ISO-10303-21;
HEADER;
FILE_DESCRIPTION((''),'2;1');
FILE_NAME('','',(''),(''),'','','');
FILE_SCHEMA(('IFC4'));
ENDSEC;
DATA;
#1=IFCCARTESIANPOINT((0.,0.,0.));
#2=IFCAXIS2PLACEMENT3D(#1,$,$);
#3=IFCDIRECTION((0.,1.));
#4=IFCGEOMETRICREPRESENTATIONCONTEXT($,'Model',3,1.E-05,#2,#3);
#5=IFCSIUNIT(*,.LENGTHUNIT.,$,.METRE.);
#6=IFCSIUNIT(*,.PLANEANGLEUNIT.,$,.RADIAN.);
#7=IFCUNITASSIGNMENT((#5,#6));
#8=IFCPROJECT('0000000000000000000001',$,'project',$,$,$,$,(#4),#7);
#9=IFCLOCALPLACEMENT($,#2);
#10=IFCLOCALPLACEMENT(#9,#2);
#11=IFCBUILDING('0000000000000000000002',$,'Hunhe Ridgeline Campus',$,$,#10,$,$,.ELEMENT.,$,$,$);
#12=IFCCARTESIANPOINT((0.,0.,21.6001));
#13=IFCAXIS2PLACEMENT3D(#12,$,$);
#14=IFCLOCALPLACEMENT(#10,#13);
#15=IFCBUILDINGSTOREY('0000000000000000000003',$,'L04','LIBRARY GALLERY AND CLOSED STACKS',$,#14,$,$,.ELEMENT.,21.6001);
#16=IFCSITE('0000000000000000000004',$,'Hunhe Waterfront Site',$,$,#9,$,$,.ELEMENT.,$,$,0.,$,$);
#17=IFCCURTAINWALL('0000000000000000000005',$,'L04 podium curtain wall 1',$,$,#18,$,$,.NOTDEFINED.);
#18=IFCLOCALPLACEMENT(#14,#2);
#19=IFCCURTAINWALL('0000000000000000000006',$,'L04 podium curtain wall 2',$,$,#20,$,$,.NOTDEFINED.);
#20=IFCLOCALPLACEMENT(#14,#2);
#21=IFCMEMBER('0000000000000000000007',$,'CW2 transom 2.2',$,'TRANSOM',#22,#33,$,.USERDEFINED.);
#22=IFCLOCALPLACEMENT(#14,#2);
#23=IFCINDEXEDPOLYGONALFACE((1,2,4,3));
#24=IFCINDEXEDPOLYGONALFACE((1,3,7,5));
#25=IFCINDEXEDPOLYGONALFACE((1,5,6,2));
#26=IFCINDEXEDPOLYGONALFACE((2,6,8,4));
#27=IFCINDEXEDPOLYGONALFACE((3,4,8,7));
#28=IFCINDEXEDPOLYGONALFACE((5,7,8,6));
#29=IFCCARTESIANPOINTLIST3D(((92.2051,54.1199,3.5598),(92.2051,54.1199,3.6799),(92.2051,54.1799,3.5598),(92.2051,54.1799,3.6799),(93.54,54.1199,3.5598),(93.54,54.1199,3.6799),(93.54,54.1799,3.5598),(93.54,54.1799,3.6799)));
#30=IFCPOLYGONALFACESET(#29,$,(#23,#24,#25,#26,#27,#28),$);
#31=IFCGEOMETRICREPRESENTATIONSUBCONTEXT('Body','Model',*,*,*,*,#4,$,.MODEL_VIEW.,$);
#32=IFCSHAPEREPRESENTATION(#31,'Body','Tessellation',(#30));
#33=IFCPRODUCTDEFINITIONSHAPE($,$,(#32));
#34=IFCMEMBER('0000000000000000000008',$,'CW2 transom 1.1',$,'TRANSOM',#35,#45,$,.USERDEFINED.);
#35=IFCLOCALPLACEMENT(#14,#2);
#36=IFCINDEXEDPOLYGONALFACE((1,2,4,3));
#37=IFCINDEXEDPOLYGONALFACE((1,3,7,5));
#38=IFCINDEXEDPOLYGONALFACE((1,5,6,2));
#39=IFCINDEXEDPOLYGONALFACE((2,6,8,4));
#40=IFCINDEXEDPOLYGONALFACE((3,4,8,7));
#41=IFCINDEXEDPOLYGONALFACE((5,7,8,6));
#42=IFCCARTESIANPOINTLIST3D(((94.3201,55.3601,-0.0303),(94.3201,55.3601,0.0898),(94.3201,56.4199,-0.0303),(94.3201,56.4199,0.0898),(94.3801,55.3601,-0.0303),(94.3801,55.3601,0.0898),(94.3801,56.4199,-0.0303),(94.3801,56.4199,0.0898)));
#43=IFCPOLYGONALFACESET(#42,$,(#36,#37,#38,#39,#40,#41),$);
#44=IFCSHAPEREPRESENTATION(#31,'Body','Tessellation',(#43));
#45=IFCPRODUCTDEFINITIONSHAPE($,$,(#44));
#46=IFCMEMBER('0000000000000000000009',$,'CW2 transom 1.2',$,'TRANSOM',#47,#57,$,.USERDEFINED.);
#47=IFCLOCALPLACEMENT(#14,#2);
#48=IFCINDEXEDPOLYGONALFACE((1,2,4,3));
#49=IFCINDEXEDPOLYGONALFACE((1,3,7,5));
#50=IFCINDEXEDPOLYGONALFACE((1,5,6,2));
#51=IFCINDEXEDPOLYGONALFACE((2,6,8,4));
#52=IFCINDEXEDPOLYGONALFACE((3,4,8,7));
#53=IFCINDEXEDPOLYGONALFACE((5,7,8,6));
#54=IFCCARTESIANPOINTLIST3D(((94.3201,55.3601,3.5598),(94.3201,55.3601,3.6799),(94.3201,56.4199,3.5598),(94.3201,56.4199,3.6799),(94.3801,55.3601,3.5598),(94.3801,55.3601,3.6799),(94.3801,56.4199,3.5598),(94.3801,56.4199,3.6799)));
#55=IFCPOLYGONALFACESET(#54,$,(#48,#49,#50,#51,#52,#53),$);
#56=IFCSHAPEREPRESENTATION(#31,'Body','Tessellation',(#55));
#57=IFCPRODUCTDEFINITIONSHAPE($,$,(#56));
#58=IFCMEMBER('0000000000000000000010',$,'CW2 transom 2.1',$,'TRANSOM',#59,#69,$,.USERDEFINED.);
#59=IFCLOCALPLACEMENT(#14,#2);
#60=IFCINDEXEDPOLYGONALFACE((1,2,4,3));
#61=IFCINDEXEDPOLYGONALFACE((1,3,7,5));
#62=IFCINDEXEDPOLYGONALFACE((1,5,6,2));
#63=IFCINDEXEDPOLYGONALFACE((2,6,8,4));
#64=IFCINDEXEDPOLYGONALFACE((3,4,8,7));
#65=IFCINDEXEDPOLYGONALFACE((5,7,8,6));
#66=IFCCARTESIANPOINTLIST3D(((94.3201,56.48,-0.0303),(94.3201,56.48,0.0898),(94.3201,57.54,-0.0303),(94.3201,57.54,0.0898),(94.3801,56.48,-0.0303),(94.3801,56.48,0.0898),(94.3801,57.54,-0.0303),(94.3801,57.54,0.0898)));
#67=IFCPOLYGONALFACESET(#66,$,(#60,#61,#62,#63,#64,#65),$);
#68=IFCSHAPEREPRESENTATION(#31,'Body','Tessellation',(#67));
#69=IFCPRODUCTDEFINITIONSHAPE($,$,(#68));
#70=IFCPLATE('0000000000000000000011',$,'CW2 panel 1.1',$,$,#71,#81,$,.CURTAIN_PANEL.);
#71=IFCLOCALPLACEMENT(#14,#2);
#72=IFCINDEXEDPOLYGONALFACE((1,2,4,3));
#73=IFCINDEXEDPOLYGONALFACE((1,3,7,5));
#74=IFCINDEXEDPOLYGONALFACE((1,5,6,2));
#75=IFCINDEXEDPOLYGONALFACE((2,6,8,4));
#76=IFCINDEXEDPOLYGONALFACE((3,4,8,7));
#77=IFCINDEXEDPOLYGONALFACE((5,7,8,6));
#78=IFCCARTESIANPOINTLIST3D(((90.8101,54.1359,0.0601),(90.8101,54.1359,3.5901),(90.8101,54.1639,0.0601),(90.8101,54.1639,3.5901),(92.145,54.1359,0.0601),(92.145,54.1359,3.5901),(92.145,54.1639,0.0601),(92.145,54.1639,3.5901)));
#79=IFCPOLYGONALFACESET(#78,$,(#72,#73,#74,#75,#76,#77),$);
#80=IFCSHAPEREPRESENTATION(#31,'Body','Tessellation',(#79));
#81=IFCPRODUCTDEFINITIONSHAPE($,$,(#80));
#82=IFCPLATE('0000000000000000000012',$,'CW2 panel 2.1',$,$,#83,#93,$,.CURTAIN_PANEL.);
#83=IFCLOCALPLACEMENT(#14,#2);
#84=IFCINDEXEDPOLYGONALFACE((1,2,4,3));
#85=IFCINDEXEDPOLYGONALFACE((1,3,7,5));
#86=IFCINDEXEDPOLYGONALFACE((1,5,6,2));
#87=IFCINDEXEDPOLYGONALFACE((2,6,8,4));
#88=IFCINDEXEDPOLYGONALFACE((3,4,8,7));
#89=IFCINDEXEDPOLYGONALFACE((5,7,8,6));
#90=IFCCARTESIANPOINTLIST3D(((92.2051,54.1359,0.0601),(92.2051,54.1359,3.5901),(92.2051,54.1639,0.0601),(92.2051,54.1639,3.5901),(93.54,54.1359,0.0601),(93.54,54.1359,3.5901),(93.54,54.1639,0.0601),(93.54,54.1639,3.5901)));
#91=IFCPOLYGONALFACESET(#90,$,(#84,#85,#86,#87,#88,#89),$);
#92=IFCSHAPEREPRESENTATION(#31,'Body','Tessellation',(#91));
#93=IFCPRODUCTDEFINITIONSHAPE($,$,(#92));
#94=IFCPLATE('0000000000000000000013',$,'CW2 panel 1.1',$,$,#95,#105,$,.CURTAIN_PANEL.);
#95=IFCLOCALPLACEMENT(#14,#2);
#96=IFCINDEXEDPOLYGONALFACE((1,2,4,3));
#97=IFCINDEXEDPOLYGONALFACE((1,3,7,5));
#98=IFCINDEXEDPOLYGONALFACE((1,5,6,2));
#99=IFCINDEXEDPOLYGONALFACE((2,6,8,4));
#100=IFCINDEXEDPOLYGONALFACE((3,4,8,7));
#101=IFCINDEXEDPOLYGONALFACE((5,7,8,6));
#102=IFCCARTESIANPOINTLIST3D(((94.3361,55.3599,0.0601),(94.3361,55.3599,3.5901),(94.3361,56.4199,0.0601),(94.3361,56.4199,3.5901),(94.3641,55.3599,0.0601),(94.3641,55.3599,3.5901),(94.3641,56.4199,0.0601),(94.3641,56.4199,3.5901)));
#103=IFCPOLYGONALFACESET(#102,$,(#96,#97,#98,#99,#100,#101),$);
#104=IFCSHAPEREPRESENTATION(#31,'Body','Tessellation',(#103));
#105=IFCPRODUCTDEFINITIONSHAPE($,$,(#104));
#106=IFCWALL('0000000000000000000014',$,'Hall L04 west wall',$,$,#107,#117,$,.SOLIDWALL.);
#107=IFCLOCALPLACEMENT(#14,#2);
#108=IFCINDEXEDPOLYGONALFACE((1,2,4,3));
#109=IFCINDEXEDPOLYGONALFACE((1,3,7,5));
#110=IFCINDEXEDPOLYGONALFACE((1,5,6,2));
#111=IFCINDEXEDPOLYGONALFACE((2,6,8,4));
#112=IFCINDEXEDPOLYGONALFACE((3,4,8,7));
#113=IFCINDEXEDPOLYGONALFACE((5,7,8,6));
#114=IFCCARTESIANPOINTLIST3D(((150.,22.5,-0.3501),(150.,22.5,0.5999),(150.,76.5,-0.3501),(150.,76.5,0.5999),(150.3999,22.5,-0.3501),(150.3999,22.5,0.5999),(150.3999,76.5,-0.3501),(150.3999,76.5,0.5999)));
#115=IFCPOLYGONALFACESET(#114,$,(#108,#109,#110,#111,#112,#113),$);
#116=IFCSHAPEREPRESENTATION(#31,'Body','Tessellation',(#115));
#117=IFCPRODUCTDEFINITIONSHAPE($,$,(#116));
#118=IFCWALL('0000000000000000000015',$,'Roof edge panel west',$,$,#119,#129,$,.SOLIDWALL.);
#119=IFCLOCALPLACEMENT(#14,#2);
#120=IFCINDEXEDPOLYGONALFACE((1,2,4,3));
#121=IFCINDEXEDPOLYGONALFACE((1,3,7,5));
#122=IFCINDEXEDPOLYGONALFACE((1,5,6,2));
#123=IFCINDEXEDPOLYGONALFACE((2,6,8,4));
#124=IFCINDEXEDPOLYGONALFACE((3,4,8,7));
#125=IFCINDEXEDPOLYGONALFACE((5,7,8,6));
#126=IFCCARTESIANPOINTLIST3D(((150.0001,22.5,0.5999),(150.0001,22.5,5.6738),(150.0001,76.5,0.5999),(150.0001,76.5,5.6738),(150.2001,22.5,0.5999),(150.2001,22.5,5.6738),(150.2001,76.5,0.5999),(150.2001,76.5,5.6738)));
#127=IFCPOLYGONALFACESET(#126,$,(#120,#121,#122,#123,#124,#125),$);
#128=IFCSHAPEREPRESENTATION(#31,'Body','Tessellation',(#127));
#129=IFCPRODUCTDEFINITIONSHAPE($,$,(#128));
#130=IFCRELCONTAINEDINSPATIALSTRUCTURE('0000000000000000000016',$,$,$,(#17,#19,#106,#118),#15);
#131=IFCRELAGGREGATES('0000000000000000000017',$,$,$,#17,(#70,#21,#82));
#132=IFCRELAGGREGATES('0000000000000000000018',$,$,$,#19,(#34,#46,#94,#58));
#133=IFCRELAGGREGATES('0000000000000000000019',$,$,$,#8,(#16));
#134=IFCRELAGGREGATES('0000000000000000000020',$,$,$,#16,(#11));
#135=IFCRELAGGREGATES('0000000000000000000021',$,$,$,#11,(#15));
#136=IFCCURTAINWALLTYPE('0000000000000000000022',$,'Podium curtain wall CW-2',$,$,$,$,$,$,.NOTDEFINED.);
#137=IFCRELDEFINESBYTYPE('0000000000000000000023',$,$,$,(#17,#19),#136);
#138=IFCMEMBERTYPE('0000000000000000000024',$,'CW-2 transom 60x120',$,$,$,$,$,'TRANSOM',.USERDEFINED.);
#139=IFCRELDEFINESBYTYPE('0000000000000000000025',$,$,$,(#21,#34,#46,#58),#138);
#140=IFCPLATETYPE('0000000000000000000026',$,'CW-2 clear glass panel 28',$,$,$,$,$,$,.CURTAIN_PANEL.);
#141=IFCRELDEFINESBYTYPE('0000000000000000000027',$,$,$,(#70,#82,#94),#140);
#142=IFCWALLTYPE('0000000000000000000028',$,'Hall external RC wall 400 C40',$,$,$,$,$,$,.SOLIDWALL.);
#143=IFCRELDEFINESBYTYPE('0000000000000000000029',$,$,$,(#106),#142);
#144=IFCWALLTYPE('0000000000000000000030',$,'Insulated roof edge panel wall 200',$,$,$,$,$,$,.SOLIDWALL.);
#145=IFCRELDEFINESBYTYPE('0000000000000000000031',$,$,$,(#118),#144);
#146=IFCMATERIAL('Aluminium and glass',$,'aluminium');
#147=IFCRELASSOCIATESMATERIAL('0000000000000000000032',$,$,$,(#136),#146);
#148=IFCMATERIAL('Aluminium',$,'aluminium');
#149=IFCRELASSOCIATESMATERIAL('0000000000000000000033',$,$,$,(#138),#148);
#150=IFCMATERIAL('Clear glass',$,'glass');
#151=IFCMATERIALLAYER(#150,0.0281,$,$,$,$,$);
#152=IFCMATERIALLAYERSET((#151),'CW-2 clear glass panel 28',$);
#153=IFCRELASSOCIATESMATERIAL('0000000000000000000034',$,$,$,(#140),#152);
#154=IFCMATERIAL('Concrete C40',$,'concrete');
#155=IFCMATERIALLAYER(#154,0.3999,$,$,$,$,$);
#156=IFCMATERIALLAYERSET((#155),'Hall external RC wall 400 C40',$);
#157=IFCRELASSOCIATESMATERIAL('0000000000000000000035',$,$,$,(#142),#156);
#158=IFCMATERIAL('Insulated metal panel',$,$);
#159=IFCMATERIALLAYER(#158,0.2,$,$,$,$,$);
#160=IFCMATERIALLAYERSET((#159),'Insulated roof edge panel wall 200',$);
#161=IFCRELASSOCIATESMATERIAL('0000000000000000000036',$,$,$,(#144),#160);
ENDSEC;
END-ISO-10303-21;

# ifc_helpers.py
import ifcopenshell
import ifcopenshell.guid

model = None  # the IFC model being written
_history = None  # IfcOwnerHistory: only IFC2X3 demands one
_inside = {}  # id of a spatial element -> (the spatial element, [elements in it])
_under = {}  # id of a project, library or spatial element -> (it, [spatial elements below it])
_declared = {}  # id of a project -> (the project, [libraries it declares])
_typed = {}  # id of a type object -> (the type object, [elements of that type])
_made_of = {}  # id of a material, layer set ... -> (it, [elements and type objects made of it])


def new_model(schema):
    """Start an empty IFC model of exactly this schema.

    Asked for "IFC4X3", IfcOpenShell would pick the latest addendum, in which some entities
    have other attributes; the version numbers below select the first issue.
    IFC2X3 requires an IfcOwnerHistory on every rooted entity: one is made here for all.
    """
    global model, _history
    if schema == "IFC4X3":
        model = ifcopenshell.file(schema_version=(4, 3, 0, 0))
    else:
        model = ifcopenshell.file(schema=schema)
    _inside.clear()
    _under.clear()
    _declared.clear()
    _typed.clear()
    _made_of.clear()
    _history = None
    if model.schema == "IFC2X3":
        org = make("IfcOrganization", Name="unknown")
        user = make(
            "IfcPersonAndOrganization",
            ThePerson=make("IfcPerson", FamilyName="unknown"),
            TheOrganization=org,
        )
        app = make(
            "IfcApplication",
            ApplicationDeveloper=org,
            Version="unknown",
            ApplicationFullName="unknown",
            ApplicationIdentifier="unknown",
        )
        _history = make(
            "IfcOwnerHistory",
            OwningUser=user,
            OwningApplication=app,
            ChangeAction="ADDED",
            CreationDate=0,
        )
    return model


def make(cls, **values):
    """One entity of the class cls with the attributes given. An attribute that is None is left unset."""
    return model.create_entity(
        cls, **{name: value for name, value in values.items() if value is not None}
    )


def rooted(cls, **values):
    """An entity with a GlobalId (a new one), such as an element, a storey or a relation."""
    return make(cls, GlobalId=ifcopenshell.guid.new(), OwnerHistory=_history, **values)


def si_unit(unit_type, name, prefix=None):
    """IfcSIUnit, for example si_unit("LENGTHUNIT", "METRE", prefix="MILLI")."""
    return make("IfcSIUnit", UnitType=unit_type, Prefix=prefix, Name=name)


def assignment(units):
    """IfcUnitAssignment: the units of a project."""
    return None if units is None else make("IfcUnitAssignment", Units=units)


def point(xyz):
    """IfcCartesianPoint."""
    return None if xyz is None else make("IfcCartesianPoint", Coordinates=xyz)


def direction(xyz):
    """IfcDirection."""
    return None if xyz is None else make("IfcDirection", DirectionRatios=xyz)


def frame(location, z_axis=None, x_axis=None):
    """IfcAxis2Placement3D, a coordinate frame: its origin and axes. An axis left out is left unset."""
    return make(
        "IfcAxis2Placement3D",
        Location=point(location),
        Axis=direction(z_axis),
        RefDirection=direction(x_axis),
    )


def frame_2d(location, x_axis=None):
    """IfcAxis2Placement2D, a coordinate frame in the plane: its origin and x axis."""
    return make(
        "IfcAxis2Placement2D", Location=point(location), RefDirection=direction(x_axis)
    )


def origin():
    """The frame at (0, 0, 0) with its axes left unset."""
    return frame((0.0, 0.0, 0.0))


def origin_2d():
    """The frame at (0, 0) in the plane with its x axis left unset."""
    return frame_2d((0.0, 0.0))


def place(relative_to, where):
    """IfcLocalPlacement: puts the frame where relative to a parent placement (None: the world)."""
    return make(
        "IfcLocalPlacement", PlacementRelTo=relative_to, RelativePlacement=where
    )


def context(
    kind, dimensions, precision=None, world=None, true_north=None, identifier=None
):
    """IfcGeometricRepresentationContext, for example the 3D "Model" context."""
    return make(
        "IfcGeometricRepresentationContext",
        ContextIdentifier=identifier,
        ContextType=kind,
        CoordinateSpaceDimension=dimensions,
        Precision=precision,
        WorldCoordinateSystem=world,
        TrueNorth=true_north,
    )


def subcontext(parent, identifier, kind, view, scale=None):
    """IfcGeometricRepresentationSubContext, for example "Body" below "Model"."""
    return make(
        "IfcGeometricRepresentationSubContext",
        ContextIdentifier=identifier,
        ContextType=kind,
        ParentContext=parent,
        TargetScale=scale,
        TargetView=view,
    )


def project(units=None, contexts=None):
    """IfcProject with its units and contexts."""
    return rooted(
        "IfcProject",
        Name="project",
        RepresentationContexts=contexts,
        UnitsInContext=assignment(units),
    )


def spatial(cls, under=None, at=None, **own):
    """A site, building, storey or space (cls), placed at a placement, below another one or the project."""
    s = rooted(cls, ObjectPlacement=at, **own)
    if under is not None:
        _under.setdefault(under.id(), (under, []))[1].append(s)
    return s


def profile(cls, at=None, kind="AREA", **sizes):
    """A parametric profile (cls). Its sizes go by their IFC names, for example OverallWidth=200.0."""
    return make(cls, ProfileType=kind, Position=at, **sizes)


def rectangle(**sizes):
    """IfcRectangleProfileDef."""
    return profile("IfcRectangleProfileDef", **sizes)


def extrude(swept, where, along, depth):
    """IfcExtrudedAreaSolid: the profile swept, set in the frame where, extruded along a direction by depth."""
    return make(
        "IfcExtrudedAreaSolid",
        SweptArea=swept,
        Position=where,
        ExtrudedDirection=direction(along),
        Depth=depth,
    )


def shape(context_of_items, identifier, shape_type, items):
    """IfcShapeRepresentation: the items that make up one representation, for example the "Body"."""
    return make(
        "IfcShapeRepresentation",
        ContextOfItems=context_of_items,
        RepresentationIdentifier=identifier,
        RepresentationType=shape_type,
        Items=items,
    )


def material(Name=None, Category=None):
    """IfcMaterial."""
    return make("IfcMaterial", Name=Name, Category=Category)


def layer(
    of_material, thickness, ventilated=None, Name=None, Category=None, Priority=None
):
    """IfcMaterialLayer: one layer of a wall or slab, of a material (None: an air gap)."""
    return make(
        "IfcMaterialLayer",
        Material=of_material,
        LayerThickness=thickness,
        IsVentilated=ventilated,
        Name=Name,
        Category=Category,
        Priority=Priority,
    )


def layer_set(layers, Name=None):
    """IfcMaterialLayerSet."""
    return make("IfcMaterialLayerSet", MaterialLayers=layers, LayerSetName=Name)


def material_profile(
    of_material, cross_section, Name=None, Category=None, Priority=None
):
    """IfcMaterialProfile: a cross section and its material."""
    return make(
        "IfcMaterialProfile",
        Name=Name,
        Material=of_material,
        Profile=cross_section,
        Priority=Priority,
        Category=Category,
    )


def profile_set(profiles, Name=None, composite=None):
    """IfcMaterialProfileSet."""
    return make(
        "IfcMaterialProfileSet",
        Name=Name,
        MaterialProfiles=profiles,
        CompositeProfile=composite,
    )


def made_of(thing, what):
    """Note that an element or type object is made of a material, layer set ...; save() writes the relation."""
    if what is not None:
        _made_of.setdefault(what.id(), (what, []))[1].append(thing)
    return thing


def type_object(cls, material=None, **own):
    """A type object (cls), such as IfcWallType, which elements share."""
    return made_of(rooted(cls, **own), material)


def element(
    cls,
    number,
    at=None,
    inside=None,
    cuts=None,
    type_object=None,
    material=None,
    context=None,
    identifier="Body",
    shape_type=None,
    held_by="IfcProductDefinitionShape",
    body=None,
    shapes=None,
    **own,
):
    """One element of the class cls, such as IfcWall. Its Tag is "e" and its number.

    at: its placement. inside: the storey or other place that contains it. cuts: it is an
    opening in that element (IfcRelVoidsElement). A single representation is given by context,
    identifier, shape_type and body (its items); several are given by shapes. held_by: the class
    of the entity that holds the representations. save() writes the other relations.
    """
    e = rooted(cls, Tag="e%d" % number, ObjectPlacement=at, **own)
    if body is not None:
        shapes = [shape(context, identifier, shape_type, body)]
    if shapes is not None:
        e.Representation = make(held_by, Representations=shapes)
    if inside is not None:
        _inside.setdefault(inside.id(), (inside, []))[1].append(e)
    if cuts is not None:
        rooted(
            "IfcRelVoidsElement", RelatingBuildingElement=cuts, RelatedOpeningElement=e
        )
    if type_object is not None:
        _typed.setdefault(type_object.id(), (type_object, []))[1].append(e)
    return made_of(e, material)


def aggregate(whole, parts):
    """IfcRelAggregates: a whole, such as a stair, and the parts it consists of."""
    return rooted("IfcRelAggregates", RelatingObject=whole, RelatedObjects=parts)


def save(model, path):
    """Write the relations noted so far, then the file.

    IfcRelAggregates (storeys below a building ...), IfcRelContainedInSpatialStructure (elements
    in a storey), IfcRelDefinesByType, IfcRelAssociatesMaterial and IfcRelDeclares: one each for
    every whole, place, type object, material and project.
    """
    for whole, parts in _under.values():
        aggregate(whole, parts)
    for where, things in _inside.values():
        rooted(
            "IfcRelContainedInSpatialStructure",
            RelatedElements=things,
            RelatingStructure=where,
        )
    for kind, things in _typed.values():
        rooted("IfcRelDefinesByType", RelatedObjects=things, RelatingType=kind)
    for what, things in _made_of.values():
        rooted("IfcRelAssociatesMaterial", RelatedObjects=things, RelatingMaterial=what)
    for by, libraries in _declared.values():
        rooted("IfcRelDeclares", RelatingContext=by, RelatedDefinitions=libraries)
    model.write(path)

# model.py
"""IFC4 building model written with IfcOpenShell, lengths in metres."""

from ifc_helpers import new_model, si_unit, direction, frame, frame_2d, origin, origin_2d, place, context, subcontext, project, spatial, rectangle, extrude, material, layer, layer_set, material_profile, profile_set, type_object, element, aggregate, save


model = new_model("IFC4")

# Units and contexts
model_context = context("Model", 3, precision=1e-05, world=origin(), true_north=direction((0.0, 1.0)))
body_context = subcontext(model_context, "Body", "Model", "MODEL_VIEW")
ifc_project = project(units=[si_unit("LENGTHUNIT", "METRE"), si_unit("PLANEANGLEUNIT", "RADIAN")], contexts=[model_context])

# Site, building, storey
site_placement = place(None, origin())
site = spatial("IfcSite", under=ifc_project, at=site_placement, Name="Hunhe Waterfront Site", CompositionType="ELEMENT", RefElevation=0.0)
building_placement = place(site_placement, origin())
building = spatial("IfcBuilding", under=site, at=building_placement, Name="Hunhe Ridgeline Campus", CompositionType="ELEMENT")
storey_placement = place(building_placement, frame((0.0, 0.0, 21.6001)))
storey = spatial("IfcBuildingStorey", under=building, at=storey_placement, Name="L04", Description="LIBRARY GALLERY AND CLOSED STACKS", CompositionType="ELEMENT", Elevation=21.6001)

# Curtain walls
ifc_material_1 = material(Name="Aluminium and glass", Category="aluminium")
curtain_wall_type = type_object("IfcCurtainWallType", Name="Podium curtain wall CW-2", PredefinedType="NOTDEFINED", material=ifc_material_1)
curtain_wall_1_placement = place(storey_placement, origin())
curtain_wall_1 = element("IfcCurtainWall", 1, at=curtain_wall_1_placement, inside=storey, type_object=curtain_wall_type, Name="L04 podium curtain wall 1", PredefinedType="NOTDEFINED")
ifc_material_2 = material(Name="Aluminium", Category="aluminium")
curtain_wall_2_placement = place(storey_placement, origin())
curtain_wall_2 = element("IfcCurtainWall", 2, at=curtain_wall_2_placement, inside=storey, type_object=curtain_wall_type, Name="L04 podium curtain wall 2", PredefinedType="NOTDEFINED")

# Members
ifc_material_profile_1 = material_profile(ifc_material_2, rectangle(XDim=0.0601, YDim=0.1201, at=origin_2d()))
ifc_profile_set_1 = profile_set([ifc_material_profile_1], Name="Aluminium")
member_type_1 = type_object("IfcMemberType", Name="CW-2 transom 60x120", ElementType="TRANSOM", PredefinedType="USERDEFINED", material=ifc_profile_set_1)
member_1_placement = place(storey_placement, frame((92.2051, 54.1499, 3.6199), z_axis=(1.0, 0.0, 0.0), x_axis=(0.0, 1.0, 0.0)))
member_1 = element("IfcMember", 3, at=member_1_placement, type_object=member_type_1, Name="CW2 transom 2.2", ObjectType="TRANSOM", PredefinedType="USERDEFINED", context=body_context, shape_type="SweptSolid", body=[
    extrude(rectangle(XDim=0.0601, YDim=0.1201, at=origin_2d()), origin(), (0.0, 0.0, 1.0), 1.335),
])
member_2_placement = place(storey_placement, frame((94.3501, 55.3601, 0.0298), z_axis=(0.0, 1.0, 0.0), x_axis=(-1.0, 0.0, 0.0)))
member_2 = element("IfcMember", 4, at=member_2_placement, type_object=member_type_1, Name="CW2 transom 1.1", ObjectType="TRANSOM", PredefinedType="USERDEFINED", context=body_context, shape_type="SweptSolid", body=[
    extrude(rectangle(XDim=0.0601, YDim=0.1201, at=origin_2d()), origin(), (0.0, 0.0, 1.0), 1.0598),
])
member_3_placement = place(storey_placement, frame((94.3501, 55.3601, 3.6199), z_axis=(0.0, 1.0, 0.0), x_axis=(-1.0, 0.0, 0.0)))
member_3 = element("IfcMember", 5, at=member_3_placement, type_object=member_type_1, Name="CW2 transom 1.2", ObjectType="TRANSOM", PredefinedType="USERDEFINED", context=body_context, shape_type="SweptSolid", body=[
    extrude(rectangle(XDim=0.0601, YDim=0.1201, at=origin_2d()), origin(), (0.0, 0.0, 1.0), 1.0598),
])
member_4_placement = place(storey_placement, frame((94.3501, 56.48, 0.0298), z_axis=(0.0, 1.0, 0.0), x_axis=(-1.0, 0.0, 0.0)))
member_4 = element("IfcMember", 6, at=member_4_placement, type_object=member_type_1, Name="CW2 transom 2.1", ObjectType="TRANSOM", PredefinedType="USERDEFINED", context=body_context, shape_type="SweptSolid", body=[
    extrude(rectangle(XDim=0.0601, YDim=0.1201, at=origin_2d()), origin(), (0.0, 0.0, 1.0), 1.0601),
])

# Plates
ifc_material_3 = material(Name="Clear glass", Category="glass")
ifc_layer_1 = layer(ifc_material_3, 0.0281)
ifc_layer_set_1 = layer_set([ifc_layer_1], Name="CW-2 clear glass panel 28")
plate_type = type_object("IfcPlateType", Name="CW-2 clear glass panel 28", PredefinedType="CURTAIN_PANEL", material=ifc_layer_set_1)
plate_1_placement = place(storey_placement, frame((91.4775, 54.1499, 0.0601), z_axis=(0.0, 0.0, 1.0), x_axis=(1.0, 0.0, 0.0)))
plate_1 = element("IfcPlate", 7, at=plate_1_placement, type_object=plate_type, Name="CW2 panel 1.1", PredefinedType="CURTAIN_PANEL", context=body_context, shape_type="SweptSolid", body=[
    extrude(rectangle(XDim=1.335, YDim=0.0281, at=origin_2d()), origin(), (0.0, 0.0, 1.0), 3.53),
])
plate_2_placement = place(storey_placement, frame((92.8726, 54.1499, 0.0601), z_axis=(0.0, 0.0, 1.0), x_axis=(1.0, 0.0, 0.0)))
plate_2 = element("IfcPlate", 8, at=plate_2_placement, type_object=plate_type, Name="CW2 panel 2.1", PredefinedType="CURTAIN_PANEL", context=body_context, shape_type="SweptSolid", body=[
    extrude(rectangle(XDim=1.335, YDim=0.0281, at=origin_2d()), origin(), (0.0, 0.0, 1.0), 3.53),
])
aggregate(curtain_wall_1, [plate_1, member_1, plate_2])
plate_3_placement = place(storey_placement, frame((94.3501, 55.8899, 0.0601), z_axis=(0.0, 0.0, 1.0), x_axis=(0.0, 1.0, 0.0)))
plate_3 = element("IfcPlate", 9, at=plate_3_placement, type_object=plate_type, Name="CW2 panel 1.1", PredefinedType="CURTAIN_PANEL", context=body_context, shape_type="SweptSolid", body=[
    extrude(rectangle(XDim=1.0601, YDim=0.0281, at=origin_2d()), origin(), (0.0, 0.0, 1.0), 3.53),
])
aggregate(curtain_wall_2, [member_2, member_3, plate_3, member_4])

# Walls
ifc_material_4 = material(Name="Concrete C40", Category="concrete")
ifc_layer_2 = layer(ifc_material_4, 0.3999)
ifc_layer_set_2 = layer_set([ifc_layer_2], Name="Hall external RC wall 400 C40")
wall_type_1 = type_object("IfcWallType", Name="Hall external RC wall 400 C40", PredefinedType="SOLIDWALL", material=ifc_layer_set_2)
wall_1_placement = place(storey_placement, frame((150.2, 22.5, -0.3501), z_axis=(0.0, 0.0, 1.0), x_axis=(0.0, 1.0, 0.0)))
element("IfcWall", 10, at=wall_1_placement, inside=storey, type_object=wall_type_1, Name="Hall L04 west wall", PredefinedType="SOLIDWALL", context=body_context, shape_type="SweptSolid", body=[
    extrude(rectangle(XDim=54.0, YDim=0.3999, at=frame_2d((27.0, 0.0))), origin(), (0.0, 0.0, 1.0), 0.95),
])
ifc_material_5 = material(Name="Insulated metal panel")
ifc_layer_3 = layer(ifc_material_5, 0.2)
ifc_layer_set_3 = layer_set([ifc_layer_3], Name="Insulated roof edge panel wall 200")
wall_type_2 = type_object("IfcWallType", Name="Insulated roof edge panel wall 200", PredefinedType="SOLIDWALL", material=ifc_layer_set_3)
wall_2_placement = place(storey_placement, frame((150.1001, 22.5, 0.5999), z_axis=(0.0, 0.0, 1.0), x_axis=(0.0, 1.0, 0.0)))
element("IfcWall", 11, at=wall_2_placement, inside=storey, type_object=wall_type_2, Name="Roof edge panel west", PredefinedType="SOLIDWALL", context=body_context, shape_type="SweptSolid", body=[
    extrude(rectangle(XDim=54.0, YDim=0.2, at=frame_2d((27.0, 0.0))), origin(), (0.0, 0.0, 1.0), 5.074),
])

save(model, "model.ifc")
